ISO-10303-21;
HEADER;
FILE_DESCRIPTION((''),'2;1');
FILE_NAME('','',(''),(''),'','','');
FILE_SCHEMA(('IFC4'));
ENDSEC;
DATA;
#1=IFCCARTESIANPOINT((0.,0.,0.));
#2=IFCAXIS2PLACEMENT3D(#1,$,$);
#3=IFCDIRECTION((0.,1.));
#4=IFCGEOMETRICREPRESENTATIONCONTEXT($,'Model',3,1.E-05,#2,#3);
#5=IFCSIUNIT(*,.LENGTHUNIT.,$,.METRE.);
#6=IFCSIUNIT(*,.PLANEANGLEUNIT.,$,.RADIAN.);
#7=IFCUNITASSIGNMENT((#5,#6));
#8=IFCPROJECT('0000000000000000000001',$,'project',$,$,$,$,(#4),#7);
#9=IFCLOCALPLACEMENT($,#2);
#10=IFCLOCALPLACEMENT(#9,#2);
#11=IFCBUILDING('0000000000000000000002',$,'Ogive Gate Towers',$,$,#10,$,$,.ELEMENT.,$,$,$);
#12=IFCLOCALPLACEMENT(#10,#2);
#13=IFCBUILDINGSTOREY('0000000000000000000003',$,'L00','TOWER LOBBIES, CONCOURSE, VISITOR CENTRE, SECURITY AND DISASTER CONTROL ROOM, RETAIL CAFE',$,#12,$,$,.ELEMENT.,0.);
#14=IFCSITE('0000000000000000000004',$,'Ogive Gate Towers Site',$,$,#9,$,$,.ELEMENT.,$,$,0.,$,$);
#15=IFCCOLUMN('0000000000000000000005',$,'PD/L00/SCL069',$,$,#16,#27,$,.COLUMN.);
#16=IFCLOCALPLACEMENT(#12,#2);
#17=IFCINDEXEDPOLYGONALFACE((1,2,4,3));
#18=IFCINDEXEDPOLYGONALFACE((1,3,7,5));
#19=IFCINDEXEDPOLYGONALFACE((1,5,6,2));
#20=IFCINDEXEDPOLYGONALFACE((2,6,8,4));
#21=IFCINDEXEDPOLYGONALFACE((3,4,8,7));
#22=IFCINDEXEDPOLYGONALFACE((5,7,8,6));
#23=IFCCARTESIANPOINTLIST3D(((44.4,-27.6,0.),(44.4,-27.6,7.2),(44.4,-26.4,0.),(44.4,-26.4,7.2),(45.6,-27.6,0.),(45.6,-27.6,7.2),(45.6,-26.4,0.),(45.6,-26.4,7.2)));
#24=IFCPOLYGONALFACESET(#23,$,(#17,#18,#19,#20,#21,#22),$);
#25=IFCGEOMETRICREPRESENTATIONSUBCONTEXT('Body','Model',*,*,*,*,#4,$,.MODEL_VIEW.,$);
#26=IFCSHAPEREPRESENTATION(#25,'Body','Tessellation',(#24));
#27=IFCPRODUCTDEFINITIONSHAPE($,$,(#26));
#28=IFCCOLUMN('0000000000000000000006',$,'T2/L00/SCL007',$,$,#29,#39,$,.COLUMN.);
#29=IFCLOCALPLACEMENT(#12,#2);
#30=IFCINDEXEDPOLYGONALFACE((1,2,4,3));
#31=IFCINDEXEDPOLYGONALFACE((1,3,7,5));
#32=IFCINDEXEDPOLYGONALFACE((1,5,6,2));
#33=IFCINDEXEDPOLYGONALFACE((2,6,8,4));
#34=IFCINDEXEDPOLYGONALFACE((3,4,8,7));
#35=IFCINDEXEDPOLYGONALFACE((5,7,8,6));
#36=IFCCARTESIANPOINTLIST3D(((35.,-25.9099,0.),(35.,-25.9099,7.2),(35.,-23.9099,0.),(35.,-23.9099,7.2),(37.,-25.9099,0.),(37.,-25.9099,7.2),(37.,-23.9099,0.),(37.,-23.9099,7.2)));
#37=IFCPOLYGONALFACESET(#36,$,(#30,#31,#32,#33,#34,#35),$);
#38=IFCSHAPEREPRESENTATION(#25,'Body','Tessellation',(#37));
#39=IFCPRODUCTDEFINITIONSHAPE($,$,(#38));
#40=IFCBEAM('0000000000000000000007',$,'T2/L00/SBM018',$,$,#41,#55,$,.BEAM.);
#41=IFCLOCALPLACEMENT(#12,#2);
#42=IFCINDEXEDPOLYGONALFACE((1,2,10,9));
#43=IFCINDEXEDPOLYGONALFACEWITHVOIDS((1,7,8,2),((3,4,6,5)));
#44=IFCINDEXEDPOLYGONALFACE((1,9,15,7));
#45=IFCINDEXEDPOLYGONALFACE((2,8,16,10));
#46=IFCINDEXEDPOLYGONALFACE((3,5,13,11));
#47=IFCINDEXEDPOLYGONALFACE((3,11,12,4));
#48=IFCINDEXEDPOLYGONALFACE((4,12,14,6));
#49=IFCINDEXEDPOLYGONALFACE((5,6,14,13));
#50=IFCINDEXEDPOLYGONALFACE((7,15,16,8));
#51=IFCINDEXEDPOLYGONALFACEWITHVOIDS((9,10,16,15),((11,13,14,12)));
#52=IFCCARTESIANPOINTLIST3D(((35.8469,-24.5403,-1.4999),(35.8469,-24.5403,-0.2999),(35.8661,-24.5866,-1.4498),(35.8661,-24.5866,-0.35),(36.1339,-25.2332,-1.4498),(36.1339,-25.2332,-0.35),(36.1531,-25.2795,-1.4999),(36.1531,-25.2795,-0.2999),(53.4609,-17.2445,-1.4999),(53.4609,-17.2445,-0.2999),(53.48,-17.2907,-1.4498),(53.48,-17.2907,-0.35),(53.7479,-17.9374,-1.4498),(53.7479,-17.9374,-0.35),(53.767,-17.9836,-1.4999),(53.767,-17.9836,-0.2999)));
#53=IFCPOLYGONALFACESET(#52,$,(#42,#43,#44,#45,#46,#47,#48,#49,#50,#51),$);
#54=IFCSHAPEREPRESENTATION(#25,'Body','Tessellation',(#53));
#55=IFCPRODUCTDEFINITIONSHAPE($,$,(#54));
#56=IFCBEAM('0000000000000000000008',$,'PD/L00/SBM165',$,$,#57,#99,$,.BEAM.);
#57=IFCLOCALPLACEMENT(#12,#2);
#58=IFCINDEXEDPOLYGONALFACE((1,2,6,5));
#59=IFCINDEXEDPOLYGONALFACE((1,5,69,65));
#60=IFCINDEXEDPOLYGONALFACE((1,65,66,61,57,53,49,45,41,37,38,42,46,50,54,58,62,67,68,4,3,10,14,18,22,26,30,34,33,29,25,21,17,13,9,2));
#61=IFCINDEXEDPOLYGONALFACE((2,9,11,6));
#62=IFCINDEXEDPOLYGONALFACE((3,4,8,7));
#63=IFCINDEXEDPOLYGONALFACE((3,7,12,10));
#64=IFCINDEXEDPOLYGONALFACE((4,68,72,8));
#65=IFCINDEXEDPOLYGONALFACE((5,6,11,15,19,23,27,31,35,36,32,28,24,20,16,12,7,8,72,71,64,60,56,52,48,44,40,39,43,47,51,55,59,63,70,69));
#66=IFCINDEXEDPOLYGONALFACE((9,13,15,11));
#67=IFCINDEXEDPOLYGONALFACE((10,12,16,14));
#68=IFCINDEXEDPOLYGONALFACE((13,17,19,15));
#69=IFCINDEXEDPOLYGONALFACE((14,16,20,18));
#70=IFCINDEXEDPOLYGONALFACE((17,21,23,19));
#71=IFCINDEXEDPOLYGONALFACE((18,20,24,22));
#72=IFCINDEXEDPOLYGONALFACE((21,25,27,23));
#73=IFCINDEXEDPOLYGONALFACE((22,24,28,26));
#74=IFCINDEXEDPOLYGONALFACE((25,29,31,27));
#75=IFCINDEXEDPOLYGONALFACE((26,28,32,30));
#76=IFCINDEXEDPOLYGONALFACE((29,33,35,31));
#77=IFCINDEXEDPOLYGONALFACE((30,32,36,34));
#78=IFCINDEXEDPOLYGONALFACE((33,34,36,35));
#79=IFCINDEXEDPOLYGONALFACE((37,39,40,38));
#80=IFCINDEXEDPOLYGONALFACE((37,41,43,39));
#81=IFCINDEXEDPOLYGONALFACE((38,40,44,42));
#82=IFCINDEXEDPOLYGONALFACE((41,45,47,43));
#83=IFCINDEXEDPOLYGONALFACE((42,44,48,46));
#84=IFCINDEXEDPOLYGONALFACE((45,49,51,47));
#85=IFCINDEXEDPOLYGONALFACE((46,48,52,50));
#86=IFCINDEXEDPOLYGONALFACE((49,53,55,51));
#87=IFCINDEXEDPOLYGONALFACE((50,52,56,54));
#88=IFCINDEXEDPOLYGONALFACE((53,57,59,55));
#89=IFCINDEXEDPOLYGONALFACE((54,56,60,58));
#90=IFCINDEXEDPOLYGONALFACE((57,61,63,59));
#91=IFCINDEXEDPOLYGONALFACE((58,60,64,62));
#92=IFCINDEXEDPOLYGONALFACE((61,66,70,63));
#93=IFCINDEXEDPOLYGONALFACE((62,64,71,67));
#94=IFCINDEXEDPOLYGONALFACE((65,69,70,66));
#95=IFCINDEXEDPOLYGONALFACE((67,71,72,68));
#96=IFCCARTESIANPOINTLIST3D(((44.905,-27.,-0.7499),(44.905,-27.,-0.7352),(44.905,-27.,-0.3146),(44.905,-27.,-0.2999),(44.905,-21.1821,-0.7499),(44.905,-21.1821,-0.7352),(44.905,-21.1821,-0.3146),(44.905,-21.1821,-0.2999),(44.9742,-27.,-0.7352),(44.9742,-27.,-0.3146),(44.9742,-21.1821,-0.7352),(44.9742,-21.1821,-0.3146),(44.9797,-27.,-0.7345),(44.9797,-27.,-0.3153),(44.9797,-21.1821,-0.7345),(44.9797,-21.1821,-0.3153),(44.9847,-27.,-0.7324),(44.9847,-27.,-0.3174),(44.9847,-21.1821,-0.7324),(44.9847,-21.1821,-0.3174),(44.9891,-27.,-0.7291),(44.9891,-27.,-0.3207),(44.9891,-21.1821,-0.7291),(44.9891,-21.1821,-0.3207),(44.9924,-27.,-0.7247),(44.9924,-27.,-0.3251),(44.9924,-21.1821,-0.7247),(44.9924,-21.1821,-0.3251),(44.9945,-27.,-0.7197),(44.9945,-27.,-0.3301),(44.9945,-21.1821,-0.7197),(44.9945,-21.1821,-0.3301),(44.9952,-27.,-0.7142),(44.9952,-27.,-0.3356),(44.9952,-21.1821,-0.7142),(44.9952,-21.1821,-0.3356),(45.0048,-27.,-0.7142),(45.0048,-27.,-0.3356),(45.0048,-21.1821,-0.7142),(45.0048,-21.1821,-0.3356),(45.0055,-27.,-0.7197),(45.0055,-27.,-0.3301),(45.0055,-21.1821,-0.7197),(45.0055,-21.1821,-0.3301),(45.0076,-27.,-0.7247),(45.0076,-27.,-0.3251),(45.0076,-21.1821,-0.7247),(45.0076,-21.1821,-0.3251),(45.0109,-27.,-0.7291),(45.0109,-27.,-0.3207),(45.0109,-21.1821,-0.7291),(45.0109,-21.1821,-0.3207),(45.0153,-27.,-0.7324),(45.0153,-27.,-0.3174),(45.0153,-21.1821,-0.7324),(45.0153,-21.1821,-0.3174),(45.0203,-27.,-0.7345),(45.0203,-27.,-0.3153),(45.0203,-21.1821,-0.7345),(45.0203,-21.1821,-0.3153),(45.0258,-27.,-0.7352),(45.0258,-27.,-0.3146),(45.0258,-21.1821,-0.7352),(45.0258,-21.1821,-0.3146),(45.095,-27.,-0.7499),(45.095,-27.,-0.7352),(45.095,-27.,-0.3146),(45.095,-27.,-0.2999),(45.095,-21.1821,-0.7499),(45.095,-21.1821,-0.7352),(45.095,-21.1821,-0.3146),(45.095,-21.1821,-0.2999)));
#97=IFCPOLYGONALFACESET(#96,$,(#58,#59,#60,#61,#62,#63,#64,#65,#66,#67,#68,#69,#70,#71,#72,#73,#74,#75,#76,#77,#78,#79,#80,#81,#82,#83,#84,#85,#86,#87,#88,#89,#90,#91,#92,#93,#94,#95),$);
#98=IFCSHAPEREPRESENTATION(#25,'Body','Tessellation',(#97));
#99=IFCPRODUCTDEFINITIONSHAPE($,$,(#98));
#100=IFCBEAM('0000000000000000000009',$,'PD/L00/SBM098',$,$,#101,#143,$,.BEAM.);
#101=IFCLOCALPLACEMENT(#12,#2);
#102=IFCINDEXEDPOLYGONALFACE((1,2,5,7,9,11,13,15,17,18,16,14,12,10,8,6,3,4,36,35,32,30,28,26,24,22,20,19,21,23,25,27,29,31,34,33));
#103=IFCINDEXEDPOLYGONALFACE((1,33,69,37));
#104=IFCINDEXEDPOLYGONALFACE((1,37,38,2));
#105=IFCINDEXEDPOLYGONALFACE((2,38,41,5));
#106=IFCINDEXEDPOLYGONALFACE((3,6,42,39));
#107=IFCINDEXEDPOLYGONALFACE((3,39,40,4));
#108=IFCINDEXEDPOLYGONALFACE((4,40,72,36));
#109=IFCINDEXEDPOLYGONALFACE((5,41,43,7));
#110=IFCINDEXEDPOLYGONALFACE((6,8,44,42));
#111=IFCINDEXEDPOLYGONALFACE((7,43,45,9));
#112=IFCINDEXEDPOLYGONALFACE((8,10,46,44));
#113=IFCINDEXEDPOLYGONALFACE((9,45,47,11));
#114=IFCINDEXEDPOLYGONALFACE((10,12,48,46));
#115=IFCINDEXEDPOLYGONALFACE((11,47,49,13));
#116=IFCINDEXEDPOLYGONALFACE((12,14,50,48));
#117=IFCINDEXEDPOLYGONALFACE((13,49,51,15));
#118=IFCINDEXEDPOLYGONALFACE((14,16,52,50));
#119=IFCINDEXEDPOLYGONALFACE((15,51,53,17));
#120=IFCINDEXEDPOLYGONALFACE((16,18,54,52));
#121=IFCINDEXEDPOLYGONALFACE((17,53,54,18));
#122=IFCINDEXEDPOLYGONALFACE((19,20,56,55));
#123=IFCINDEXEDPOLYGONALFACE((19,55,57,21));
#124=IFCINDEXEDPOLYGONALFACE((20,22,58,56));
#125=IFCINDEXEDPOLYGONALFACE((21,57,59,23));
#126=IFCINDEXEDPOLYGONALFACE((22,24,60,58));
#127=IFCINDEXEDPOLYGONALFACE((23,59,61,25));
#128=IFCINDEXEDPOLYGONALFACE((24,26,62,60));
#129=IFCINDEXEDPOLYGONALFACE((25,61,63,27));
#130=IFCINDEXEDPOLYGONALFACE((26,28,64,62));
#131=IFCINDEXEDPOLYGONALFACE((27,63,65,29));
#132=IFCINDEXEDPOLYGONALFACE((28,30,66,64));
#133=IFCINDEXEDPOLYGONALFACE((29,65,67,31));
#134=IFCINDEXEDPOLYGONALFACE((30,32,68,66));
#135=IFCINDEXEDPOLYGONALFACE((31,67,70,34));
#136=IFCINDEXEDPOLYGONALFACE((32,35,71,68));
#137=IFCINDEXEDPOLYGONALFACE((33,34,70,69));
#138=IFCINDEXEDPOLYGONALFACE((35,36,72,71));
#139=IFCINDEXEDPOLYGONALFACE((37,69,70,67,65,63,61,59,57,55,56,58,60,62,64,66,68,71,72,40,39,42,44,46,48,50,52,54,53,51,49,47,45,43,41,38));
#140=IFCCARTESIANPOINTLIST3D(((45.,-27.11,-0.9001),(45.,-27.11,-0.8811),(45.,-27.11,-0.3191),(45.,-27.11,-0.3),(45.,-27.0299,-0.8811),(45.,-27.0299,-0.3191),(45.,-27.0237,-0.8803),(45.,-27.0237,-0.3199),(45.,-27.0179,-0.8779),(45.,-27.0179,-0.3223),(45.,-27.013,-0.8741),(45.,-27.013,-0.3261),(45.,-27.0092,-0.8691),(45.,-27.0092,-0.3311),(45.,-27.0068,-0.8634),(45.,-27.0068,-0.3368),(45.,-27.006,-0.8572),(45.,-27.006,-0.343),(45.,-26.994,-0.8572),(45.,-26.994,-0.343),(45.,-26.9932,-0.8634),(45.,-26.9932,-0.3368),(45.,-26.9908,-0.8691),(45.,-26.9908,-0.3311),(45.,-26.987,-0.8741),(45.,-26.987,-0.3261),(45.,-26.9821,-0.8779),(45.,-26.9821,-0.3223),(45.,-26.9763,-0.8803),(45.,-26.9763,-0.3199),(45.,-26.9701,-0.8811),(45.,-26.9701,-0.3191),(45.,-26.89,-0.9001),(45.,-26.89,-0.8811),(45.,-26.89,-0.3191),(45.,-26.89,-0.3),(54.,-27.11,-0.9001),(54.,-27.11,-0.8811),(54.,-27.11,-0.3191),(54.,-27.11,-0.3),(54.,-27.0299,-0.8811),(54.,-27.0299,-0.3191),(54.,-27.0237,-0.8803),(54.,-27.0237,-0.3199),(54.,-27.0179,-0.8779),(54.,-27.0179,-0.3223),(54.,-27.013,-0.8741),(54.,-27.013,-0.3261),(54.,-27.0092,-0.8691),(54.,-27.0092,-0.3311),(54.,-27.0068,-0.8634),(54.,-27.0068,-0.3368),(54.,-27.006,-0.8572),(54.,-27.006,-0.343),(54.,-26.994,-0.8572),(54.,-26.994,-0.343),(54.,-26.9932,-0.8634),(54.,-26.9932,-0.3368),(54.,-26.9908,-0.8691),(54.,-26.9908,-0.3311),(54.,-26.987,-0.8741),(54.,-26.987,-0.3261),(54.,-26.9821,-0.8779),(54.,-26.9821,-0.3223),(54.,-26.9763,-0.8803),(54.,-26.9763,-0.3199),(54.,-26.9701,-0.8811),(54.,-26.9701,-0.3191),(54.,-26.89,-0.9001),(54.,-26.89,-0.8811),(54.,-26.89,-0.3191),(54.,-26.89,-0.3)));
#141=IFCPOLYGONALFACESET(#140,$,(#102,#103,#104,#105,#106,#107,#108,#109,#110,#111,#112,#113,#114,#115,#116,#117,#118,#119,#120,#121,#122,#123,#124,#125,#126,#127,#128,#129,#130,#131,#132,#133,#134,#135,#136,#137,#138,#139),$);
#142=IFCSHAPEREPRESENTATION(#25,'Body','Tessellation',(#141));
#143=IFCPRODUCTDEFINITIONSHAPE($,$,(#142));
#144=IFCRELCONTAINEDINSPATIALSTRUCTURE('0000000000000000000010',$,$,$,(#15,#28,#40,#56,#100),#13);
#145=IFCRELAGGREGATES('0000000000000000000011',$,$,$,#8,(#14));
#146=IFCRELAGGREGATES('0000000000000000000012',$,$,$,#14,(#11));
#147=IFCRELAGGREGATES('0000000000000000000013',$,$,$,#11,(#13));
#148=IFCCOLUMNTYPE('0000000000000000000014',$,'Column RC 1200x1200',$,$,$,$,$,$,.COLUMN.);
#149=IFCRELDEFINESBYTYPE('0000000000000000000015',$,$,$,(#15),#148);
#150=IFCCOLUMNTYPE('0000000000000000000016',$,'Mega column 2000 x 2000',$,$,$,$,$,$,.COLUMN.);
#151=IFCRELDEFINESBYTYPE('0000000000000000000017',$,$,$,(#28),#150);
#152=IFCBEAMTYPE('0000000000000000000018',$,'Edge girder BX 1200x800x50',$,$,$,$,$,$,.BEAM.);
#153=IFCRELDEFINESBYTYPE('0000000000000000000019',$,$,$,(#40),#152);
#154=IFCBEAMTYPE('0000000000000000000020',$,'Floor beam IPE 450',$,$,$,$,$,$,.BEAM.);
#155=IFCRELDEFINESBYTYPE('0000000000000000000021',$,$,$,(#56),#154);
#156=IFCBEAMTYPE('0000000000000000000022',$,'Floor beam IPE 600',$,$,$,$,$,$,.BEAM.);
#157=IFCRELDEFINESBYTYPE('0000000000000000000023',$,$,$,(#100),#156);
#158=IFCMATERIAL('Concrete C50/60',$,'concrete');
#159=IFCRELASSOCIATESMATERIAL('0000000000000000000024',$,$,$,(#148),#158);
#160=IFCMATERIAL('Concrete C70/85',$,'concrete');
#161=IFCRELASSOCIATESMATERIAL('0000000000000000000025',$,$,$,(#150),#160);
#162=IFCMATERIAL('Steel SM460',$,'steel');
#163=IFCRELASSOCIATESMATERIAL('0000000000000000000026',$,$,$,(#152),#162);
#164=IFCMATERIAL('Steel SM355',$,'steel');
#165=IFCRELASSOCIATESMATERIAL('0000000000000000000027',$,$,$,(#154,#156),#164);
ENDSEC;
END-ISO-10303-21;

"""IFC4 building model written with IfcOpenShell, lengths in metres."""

from ifc_helpers import new_model, si_unit, direction, frame, origin, origin_2d, place, context, subcontext, project, spatial, rectangle, hollow_rectangle, i_section, extrude, material, material_profile, profile_set, type_object, element, save


model = new_model("IFC4")

# Units and contexts
model_context = context("Model", 3, precision=1e-05, world=origin(), true_north=direction((0.0, 1.0)))
body_context = subcontext(model_context, "Body", "Model", "MODEL_VIEW")
ifc_project = project(units=[si_unit("LENGTHUNIT", "METRE"), si_unit("PLANEANGLEUNIT", "RADIAN")], contexts=[model_context])

# Site, building, storey
site_placement = place(None, origin())
site = spatial("IfcSite", under=ifc_project, at=site_placement, Name="Ogive Gate Towers Site", CompositionType="ELEMENT", RefElevation=0.0)
building_placement = place(site_placement, origin())
building = spatial("IfcBuilding", under=site, at=building_placement, Name="Ogive Gate Towers", CompositionType="ELEMENT")
storey_placement = place(building_placement, origin())
storey = spatial("IfcBuildingStorey", under=building, at=storey_placement, Name="L00", Description="TOWER LOBBIES, CONCOURSE, VISITOR CENTRE, SECURITY AND DISASTER CONTROL ROOM, RETAIL CAFE", CompositionType="ELEMENT", Elevation=0.0)

# Columns
ifc_material_1 = material(Name="Concrete C50/60", Category="concrete")
ifc_material_profile_1 = material_profile(ifc_material_1, rectangle(XDim=1.2, YDim=1.2, at=origin_2d()), Name="RC 1200x1200")
ifc_profile_set_1 = profile_set([ifc_material_profile_1], Name="Concrete C50/60")
column_type_1 = type_object("IfcColumnType", Name="Column RC 1200x1200", PredefinedType="COLUMN", material=ifc_profile_set_1)
column_1_placement = place(storey_placement, frame((45.0, -27.0, 0.0), z_axis=(0.0, 0.0, 1.0), x_axis=(1.0, 0.0, 0.0)))
element("IfcColumn", 1, at=column_1_placement, inside=storey, type_object=column_type_1, Name="PD/L00/SCL069", PredefinedType="COLUMN", context=body_context, shape_type="SweptSolid", body=[
    extrude(rectangle(XDim=1.2, YDim=1.2, at=origin_2d()), origin(), (0.0, 0.0, 1.0), 7.2),
])
ifc_material_2 = material(Name="Concrete C70/85", Category="concrete")
ifc_material_profile_2 = material_profile(ifc_material_2, rectangle(XDim=2.0, YDim=2.0, at=origin_2d()), Name="RC 2000x2000")
ifc_profile_set_2 = profile_set([ifc_material_profile_2], Name="Concrete C70/85")
column_type_2 = type_object("IfcColumnType", Name="Mega column 2000 x 2000", PredefinedType="COLUMN", material=ifc_profile_set_2)
column_2_placement = place(storey_placement, frame((36.0, -24.9099, 0.0), z_axis=(0.0, 0.0, 1.0), x_axis=(0.0, -1.0, 0.0)))
element("IfcColumn", 2, at=column_2_placement, inside=storey, type_object=column_type_2, Name="T2/L00/SCL007", PredefinedType="COLUMN", context=body_context, shape_type="SweptSolid", body=[
    extrude(rectangle(XDim=2.0, YDim=2.0, at=origin_2d()), origin(), (0.0, 0.0, 1.0), 7.2),
])

# Beams
ifc_material_3 = material(Name="Steel SM460", Category="steel")
ifc_material_profile_3 = material_profile(ifc_material_3, hollow_rectangle(XDim=0.8, YDim=1.2, WallThickness=0.05, at=origin_2d()), Name="BX 1200x800x50")
ifc_profile_set_3 = profile_set([ifc_material_profile_3], Name="Steel SM460")
beam_type_1 = type_object("IfcBeamType", Name="Edge girder BX 1200x800x50", PredefinedType="BEAM", material=ifc_profile_set_3)
beam_1_placement = place(storey_placement, frame((36.0, -24.9099, -0.8999), z_axis=(0.923881, 0.382681, 0.0), x_axis=(-0.382681, 0.923881, 0.0)))
element("IfcBeam", 3, at=beam_1_placement, inside=storey, type_object=beam_type_1, Name="T2/L00/SBM018", PredefinedType="BEAM", context=body_context, shape_type="SweptSolid", body=[
    extrude(hollow_rectangle(XDim=0.8, YDim=1.2, WallThickness=0.05, at=origin_2d()), origin(), (0.0, 0.0, 1.0), 19.0652),
])
ifc_material_4 = material(Name="Steel SM355", Category="steel")
ifc_material_profile_4 = material_profile(ifc_material_4, i_section(OverallWidth=0.1899, OverallDepth=0.45, WebThickness=0.0095, FlangeThickness=0.0146, FilletRadius=0.021, at=origin_2d()), Name="IPE 450")
ifc_profile_set_4 = profile_set([ifc_material_profile_4], Name="Steel SM355")
beam_type_2 = type_object("IfcBeamType", Name="Floor beam IPE 450", PredefinedType="BEAM", material=ifc_profile_set_4)
beam_2_placement = place(storey_placement, frame((45.0, -27.0, -0.5249), z_axis=(0.0, 1.0, 0.0), x_axis=(-1.0, 0.0, 0.0)))
element("IfcBeam", 4, at=beam_2_placement, inside=storey, type_object=beam_type_2, Name="PD/L00/SBM165", PredefinedType="BEAM", context=body_context, shape_type="SweptSolid", body=[
    extrude(i_section(OverallWidth=0.1899, OverallDepth=0.45, WebThickness=0.0095, FlangeThickness=0.0146, FilletRadius=0.021, at=origin_2d()), origin(), (0.0, 0.0, 1.0), 5.8179),
])
ifc_material_profile_5 = material_profile(ifc_material_4, i_section(OverallWidth=0.22, OverallDepth=0.6001, WebThickness=0.012, FlangeThickness=0.019, FilletRadius=0.0239, at=origin_2d()), Name="IPE 600")
ifc_profile_set_5 = profile_set([ifc_material_profile_5], Name="Steel SM355")
beam_type_3 = type_object("IfcBeamType", Name="Floor beam IPE 600", PredefinedType="BEAM", material=ifc_profile_set_5)
beam_3_placement = place(storey_placement, frame((45.0, -27.0, -0.6001), z_axis=(1.0, 0.0, 0.0), x_axis=(0.0, 1.0, 0.0)))
element("IfcBeam", 5, at=beam_3_placement, inside=storey, type_object=beam_type_3, Name="PD/L00/SBM098", PredefinedType="BEAM", context=body_context, shape_type="SweptSolid", body=[
    extrude(i_section(OverallWidth=0.22, OverallDepth=0.6001, WebThickness=0.012, FlangeThickness=0.019, FilletRadius=0.0239, at=origin_2d()), origin(), (0.0, 0.0, 1.0), 9.0),
])

save(model, "model.ifc")
